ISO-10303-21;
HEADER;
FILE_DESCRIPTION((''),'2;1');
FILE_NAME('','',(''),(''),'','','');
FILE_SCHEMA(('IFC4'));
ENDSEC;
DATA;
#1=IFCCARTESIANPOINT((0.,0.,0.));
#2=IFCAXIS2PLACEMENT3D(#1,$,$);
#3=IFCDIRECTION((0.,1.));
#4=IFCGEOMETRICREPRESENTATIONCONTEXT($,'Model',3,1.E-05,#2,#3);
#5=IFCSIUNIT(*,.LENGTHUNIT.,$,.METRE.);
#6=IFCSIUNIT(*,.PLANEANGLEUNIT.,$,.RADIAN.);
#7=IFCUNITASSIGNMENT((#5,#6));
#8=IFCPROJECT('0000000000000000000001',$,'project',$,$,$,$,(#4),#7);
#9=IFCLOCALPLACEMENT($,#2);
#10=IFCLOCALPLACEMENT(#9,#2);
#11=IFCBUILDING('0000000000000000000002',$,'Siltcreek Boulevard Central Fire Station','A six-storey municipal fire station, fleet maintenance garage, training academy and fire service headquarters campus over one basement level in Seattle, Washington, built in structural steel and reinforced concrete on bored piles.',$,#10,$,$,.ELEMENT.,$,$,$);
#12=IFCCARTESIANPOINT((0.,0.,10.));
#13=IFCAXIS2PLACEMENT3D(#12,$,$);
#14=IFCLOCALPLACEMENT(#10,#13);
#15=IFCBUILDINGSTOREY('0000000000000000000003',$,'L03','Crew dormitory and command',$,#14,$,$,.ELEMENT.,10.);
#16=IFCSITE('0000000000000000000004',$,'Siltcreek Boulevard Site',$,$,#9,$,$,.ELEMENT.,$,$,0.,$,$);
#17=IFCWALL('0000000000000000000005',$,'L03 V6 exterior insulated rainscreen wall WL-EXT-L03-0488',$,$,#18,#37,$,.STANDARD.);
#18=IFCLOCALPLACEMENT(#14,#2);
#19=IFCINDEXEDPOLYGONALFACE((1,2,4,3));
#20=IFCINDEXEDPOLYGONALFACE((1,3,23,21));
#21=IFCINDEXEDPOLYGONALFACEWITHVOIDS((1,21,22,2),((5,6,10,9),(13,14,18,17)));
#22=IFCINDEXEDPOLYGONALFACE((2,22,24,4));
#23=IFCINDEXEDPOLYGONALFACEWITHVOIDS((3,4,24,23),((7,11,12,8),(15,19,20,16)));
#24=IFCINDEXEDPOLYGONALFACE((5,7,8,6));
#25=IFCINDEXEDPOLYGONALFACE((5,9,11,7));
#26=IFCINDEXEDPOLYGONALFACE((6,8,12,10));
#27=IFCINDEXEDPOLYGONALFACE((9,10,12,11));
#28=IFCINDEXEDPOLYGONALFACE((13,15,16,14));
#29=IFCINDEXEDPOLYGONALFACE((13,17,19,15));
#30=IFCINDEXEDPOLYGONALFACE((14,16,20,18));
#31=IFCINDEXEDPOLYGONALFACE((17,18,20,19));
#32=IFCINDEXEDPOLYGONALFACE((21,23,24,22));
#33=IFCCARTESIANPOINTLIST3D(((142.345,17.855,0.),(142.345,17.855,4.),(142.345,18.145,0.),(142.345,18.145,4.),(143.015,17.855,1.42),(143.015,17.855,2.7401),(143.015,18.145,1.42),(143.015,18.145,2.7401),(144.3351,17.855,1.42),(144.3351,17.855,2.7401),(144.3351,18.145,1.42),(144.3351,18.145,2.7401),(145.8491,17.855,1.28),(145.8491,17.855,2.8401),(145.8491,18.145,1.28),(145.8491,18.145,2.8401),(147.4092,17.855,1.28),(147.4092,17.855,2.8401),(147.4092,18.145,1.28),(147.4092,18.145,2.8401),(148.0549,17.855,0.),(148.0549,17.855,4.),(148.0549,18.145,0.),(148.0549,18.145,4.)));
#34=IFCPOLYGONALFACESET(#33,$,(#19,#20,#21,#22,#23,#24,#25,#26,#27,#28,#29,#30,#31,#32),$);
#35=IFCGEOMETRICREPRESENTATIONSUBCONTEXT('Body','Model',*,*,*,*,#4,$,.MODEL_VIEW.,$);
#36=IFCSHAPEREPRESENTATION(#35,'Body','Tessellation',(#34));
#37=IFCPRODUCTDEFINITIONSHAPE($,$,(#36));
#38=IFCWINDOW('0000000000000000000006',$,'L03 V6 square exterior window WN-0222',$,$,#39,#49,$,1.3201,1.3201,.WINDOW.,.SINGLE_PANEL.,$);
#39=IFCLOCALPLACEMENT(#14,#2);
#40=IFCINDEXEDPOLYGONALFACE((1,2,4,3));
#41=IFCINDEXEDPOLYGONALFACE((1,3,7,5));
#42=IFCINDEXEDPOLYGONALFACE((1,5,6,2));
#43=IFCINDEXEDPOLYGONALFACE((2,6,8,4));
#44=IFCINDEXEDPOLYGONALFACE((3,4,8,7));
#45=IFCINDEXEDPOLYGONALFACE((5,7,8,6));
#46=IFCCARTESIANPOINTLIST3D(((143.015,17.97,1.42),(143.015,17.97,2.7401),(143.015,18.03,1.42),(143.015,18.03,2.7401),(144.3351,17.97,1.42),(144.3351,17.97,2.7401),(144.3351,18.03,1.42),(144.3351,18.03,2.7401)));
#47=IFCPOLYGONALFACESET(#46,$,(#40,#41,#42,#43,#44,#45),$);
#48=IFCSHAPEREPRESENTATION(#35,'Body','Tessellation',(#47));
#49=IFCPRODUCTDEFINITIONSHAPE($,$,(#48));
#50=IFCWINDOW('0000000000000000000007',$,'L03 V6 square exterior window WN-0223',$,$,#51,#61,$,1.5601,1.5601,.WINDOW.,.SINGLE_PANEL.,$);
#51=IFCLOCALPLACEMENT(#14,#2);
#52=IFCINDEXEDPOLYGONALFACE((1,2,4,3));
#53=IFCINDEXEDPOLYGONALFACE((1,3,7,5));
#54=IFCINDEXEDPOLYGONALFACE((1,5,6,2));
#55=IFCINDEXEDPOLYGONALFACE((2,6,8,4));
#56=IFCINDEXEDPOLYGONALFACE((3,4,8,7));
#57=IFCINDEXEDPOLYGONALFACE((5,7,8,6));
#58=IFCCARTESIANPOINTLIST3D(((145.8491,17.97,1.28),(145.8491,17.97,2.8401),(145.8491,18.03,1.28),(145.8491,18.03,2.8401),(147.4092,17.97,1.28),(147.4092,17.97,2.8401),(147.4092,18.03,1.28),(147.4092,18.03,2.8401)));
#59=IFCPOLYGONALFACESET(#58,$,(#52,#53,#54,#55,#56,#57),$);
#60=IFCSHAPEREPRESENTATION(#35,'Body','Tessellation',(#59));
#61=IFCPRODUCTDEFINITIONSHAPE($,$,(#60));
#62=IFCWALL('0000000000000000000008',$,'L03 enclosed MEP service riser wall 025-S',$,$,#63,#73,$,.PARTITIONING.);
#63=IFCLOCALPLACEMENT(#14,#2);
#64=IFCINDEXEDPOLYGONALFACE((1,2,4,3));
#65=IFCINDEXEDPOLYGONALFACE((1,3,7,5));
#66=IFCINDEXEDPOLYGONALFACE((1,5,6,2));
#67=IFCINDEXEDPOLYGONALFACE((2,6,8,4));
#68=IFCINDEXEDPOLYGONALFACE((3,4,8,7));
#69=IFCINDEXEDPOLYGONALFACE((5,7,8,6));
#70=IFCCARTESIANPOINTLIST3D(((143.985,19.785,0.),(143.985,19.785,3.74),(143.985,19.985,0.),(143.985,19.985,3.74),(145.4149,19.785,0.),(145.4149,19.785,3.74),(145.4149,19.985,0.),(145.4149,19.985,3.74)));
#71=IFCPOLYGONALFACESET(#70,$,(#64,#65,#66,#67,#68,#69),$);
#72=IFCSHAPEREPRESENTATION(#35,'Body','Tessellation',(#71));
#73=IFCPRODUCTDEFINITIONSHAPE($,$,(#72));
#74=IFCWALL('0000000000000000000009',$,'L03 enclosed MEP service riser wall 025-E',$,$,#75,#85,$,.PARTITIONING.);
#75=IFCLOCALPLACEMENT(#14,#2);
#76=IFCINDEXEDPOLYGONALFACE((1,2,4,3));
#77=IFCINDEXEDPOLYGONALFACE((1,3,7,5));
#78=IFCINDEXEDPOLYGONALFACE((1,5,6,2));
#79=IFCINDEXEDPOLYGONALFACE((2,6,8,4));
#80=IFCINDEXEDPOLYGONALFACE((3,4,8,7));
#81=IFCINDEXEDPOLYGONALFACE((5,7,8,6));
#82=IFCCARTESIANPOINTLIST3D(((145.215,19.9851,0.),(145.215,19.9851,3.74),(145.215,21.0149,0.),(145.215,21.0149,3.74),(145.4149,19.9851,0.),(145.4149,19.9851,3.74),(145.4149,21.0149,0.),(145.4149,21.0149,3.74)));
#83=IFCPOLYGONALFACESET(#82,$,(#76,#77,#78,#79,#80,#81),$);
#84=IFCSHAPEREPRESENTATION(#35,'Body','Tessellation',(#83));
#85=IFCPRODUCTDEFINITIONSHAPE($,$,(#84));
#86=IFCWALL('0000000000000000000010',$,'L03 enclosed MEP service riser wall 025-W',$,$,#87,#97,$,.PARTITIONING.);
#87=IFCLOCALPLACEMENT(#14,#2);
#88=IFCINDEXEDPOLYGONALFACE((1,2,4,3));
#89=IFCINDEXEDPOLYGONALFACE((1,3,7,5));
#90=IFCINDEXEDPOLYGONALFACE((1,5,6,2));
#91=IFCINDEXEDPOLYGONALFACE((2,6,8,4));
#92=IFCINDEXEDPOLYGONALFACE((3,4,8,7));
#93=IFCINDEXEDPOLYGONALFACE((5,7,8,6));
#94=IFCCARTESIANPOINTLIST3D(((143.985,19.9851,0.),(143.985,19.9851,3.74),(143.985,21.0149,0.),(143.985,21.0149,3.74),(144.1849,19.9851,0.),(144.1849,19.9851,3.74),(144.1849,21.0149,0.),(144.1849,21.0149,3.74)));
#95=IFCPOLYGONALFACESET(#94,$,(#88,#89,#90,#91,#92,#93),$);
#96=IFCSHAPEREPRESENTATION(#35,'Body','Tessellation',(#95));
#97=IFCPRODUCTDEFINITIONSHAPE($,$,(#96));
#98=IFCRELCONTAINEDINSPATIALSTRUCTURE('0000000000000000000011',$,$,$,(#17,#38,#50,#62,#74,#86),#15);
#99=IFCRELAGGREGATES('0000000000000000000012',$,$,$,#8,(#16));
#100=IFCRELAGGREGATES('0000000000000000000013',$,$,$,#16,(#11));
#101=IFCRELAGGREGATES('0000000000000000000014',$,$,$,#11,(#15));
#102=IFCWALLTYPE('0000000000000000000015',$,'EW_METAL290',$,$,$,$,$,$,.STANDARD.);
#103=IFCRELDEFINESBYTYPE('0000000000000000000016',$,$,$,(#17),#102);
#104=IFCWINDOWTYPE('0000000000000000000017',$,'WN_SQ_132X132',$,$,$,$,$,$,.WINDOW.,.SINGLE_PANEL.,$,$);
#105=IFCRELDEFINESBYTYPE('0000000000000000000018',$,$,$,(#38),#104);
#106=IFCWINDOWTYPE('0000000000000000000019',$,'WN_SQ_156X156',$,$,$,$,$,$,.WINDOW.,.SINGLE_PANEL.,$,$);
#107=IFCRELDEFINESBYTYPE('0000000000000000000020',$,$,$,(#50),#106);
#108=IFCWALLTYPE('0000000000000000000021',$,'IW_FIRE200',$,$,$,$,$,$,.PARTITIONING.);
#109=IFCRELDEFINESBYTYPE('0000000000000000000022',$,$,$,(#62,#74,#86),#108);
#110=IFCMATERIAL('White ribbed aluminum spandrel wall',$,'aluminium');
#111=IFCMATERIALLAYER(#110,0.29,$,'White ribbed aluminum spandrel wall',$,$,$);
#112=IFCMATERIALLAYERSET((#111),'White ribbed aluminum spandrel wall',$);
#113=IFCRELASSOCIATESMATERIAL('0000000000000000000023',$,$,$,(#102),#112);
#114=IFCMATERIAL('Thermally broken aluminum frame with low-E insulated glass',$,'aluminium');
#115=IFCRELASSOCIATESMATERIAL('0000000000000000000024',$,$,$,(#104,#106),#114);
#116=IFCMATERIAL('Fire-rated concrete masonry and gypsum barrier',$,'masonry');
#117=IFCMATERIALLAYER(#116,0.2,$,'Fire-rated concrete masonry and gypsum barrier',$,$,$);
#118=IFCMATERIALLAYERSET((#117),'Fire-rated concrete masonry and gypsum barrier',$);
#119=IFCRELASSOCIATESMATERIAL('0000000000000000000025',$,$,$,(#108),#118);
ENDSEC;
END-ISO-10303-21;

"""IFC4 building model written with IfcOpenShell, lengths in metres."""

from ifc_helpers import new_model, si_unit, direction, frame, frame_2d, origin, place, context, subcontext, project, spatial, rectangle, extrude, material, layer, layer_set, type_object, element, fill, save


model = new_model("IFC4")

# Units and contexts
model_context = context("Model", 3, precision=1e-05, world=origin(), true_north=direction((0.0, 1.0)))
body_context = subcontext(model_context, "Body", "Model", "MODEL_VIEW")
ifc_project = project(units=[si_unit("LENGTHUNIT", "METRE"), si_unit("PLANEANGLEUNIT", "RADIAN")], contexts=[model_context])

# Site, building, storey
site_placement = place(None, origin())
site = spatial("IfcSite", under=ifc_project, at=site_placement, Name="Siltcreek Boulevard Site", CompositionType="ELEMENT", RefElevation=0.0)
building_placement = place(site_placement, origin())
building = spatial("IfcBuilding", under=site, at=building_placement, Name="Siltcreek Boulevard Central Fire Station", Description="A six-storey municipal fire station, fleet maintenance garage, training academy and fire service headquarters campus over one basement level in Seattle, Washington, built in structural steel and reinforced concrete on bored piles.", CompositionType="ELEMENT")
storey_placement = place(building_placement, frame((0.0, 0.0, 10.0)))
storey = spatial("IfcBuildingStorey", under=building, at=storey_placement, Name="L03", Description="Crew dormitory and command", CompositionType="ELEMENT", Elevation=10.0)

# Wall, openings, windows
ifc_material_1 = material(Name="White ribbed aluminum spandrel wall", Category="aluminium")
ifc_layer_1 = layer(ifc_material_1, 0.29, Name="White ribbed aluminum spandrel wall")
ifc_layer_set_1 = layer_set([ifc_layer_1], Name="White ribbed aluminum spandrel wall")
wall_type_1 = type_object("IfcWallType", Name="EW_METAL290", PredefinedType="STANDARD", material=ifc_layer_set_1)
wall_1_placement = place(storey_placement, frame((142.345, 18.0, 0.0), z_axis=(0.0, 0.0, 1.0), x_axis=(1.0, 0.0, 0.0)))
wall_1 = element("IfcWall", 1, at=wall_1_placement, inside=storey, type_object=wall_type_1, Name="L03 V6 exterior insulated rainscreen wall WL-EXT-L03-0488", PredefinedType="STANDARD", context=body_context, shape_type="SweptSolid", body=[
    extrude(rectangle(XDim=5.71, YDim=0.29, at=frame_2d((2.855, 0.0))), origin(), (0.0, 0.0, 1.0), 4.0),
])
opening_1_placement = place(wall_1_placement, frame((0.6699, 0.0, 1.4199)))
opening_1 = element("IfcOpeningElement", 2, at=opening_1_placement, cuts=wall_1, PredefinedType="OPENING", context=body_context, shape_type="SweptSolid", body=[
    extrude(rectangle(XDim=1.3201, YDim=1.3201, at=frame_2d((0.6602, 0.6602))), frame((0.0, 0.155, 0.0), z_axis=(0.0, -1.0, 0.0), x_axis=(1.0, 0.0, 0.0)), (0.0, 0.0, 1.0), 0.3101),
])
opening_2_placement = place(wall_1_placement, frame((3.5042, 0.0, 1.28)))
opening_2 = element("IfcOpeningElement", 3, at=opening_2_placement, cuts=wall_1, PredefinedType="OPENING", context=body_context, shape_type="SweptSolid", body=[
    extrude(rectangle(XDim=1.5601, YDim=1.5601, at=frame_2d((0.78, 0.78))), frame((0.0, 0.155, 0.0), z_axis=(0.0, -1.0, 0.0), x_axis=(1.0, 0.0, 0.0)), (0.0, 0.0, 1.0), 0.3101),
])
ifc_material_2 = material(Name="Thermally broken aluminum frame with low-E insulated glass", Category="aluminium")
window_type_1 = type_object("IfcWindowType", Name="WN_SQ_132X132", PartitioningType="SINGLE_PANEL", PredefinedType="WINDOW", material=ifc_material_2)
window_1_placement = place(opening_1_placement, origin())
window_1 = element("IfcWindow", 4, at=window_1_placement, inside=storey, type_object=window_type_1, Name="L03 V6 square exterior window WN-0222", OverallHeight=1.3201, OverallWidth=1.3201, PartitioningType="SINGLE_PANEL", PredefinedType="WINDOW", context=body_context, shape_type="SweptSolid", body=[
    extrude(rectangle(XDim=1.3201, YDim=1.3201, at=frame_2d((0.6602, 0.6602))), frame((0.0, 0.03, 0.0), z_axis=(0.0, -1.0, 0.0), x_axis=(1.0, 0.0, 0.0)), (0.0, 0.0, 1.0), 0.0601),
])
fill(opening_1, window_1)
window_type_2 = type_object("IfcWindowType", Name="WN_SQ_156X156", PartitioningType="SINGLE_PANEL", PredefinedType="WINDOW", material=ifc_material_2)
window_2_placement = place(opening_2_placement, origin())
window_2 = element("IfcWindow", 5, at=window_2_placement, inside=storey, type_object=window_type_2, Name="L03 V6 square exterior window WN-0223", OverallHeight=1.5601, OverallWidth=1.5601, PartitioningType="SINGLE_PANEL", PredefinedType="WINDOW", context=body_context, shape_type="SweptSolid", body=[
    extrude(rectangle(XDim=1.5601, YDim=1.5601, at=frame_2d((0.78, 0.78))), frame((0.0, 0.03, 0.0), z_axis=(0.0, -1.0, 0.0), x_axis=(1.0, 0.0, 0.0)), (0.0, 0.0, 1.0), 0.0601),
])
fill(opening_2, window_2)

# Walls
ifc_material_3 = material(Name="Fire-rated concrete masonry and gypsum barrier", Category="masonry")
ifc_layer_2 = layer(ifc_material_3, 0.2, Name="Fire-rated concrete masonry and gypsum barrier")
ifc_layer_set_2 = layer_set([ifc_layer_2], Name="Fire-rated concrete masonry and gypsum barrier")
wall_type_2 = type_object("IfcWallType", Name="IW_FIRE200", PredefinedType="PARTITIONING", material=ifc_layer_set_2)
wall_2_placement = place(storey_placement, frame((143.9851, 19.885, 0.0), z_axis=(0.0, 0.0, 1.0), x_axis=(1.0, 0.0, 0.0)))
element("IfcWall", 6, at=wall_2_placement, inside=storey, type_object=wall_type_2, Name="L03 enclosed MEP service riser wall 025-S", PredefinedType="PARTITIONING", context=body_context, shape_type="SweptSolid", body=[
    extrude(rectangle(XDim=1.4299, YDim=0.2, at=frame_2d((0.7148, 0.0))), origin(), (0.0, 0.0, 1.0), 3.74),
])
wall_3_placement = place(storey_placement, frame((145.3149, 19.9851, 0.0), z_axis=(0.0, 0.0, 1.0), x_axis=(0.0, 1.0, 0.0)))
element("IfcWall", 7, at=wall_3_placement, inside=storey, type_object=wall_type_2, Name="L03 enclosed MEP service riser wall 025-E", PredefinedType="PARTITIONING", context=body_context, shape_type="SweptSolid", body=[
    extrude(rectangle(XDim=1.0298, YDim=0.2, at=frame_2d((0.5149, 0.0))), origin(), (0.0, 0.0, 1.0), 3.74),
])
wall_4_placement = place(storey_placement, frame((144.085, 21.0149, 0.0), z_axis=(0.0, 0.0, 1.0), x_axis=(0.0, -1.0, 0.0)))
element("IfcWall", 8, at=wall_4_placement, inside=storey, type_object=wall_type_2, Name="L03 enclosed MEP service riser wall 025-W", PredefinedType="PARTITIONING", context=body_context, shape_type="SweptSolid", body=[
    extrude(rectangle(XDim=1.0298, YDim=0.2, at=frame_2d((0.5149, 0.0))), origin(), (0.0, 0.0, 1.0), 3.74),
])

save(model, "model.ifc")
